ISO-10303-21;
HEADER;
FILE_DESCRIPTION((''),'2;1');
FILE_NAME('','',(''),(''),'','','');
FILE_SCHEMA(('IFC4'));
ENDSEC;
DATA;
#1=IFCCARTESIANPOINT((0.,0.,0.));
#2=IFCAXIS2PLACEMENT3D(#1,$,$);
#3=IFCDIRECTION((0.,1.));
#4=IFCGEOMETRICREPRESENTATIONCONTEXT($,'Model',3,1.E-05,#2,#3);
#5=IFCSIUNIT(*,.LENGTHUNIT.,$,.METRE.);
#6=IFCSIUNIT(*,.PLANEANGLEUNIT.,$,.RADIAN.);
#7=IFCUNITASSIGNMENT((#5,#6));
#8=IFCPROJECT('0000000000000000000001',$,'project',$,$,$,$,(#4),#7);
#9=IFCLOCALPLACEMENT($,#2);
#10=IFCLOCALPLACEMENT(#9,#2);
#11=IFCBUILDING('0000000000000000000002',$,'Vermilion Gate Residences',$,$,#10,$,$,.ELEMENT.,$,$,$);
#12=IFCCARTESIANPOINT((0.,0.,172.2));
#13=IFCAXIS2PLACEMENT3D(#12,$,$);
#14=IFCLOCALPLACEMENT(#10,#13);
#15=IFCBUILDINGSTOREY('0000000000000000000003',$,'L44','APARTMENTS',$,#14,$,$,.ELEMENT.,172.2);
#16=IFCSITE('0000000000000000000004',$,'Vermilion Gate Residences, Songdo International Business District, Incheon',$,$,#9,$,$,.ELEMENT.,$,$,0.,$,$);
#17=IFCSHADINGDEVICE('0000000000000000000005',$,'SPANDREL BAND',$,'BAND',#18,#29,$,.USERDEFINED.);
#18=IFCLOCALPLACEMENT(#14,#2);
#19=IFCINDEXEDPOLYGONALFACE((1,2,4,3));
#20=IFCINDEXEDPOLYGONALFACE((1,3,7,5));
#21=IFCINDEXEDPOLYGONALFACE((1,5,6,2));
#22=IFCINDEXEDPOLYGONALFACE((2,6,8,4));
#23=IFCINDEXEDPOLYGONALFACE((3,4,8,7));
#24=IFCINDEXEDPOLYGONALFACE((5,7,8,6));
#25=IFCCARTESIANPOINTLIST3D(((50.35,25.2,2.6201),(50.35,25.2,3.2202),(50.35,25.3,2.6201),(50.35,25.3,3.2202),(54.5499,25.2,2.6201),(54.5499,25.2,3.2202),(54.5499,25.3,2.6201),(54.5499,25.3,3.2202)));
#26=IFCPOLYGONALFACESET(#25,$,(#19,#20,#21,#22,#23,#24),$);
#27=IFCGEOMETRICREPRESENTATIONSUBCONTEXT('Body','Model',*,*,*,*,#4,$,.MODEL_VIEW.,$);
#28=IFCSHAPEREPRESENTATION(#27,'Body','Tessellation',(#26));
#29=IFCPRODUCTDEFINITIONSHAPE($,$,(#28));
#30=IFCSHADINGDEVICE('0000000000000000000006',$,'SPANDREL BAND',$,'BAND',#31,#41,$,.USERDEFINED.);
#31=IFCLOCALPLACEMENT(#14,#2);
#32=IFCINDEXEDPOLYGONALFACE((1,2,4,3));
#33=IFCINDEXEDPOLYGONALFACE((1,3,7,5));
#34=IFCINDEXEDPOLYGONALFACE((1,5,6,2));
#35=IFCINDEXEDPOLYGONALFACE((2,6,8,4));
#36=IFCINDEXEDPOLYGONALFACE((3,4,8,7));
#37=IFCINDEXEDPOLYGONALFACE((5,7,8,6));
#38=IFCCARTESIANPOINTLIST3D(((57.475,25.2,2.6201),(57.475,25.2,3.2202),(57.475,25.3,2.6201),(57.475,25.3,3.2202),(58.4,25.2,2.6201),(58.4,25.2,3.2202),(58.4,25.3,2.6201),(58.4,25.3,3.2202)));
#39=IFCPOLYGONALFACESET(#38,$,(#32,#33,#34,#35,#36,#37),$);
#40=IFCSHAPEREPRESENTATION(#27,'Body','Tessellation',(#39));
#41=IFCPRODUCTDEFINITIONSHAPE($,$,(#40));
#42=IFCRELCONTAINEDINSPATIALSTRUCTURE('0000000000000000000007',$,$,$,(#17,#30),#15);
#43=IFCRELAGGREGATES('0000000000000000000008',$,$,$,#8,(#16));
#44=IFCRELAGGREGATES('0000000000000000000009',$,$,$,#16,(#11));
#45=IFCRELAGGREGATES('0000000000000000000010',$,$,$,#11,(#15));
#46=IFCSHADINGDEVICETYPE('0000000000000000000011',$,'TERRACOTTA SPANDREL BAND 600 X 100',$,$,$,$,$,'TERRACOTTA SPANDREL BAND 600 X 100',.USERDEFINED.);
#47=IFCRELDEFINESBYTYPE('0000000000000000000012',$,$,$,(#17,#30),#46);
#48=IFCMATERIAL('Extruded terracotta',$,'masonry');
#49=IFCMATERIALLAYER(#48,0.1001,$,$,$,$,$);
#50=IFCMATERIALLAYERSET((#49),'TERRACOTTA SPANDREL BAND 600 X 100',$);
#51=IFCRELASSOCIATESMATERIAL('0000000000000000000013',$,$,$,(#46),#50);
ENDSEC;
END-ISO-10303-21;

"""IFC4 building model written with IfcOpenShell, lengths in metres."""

from ifc_helpers import new_model, si_unit, direction, frame, origin, origin_2d, place, context, subcontext, project, spatial, rectangle, extrude, material, layer, layer_set, type_object, element, save


model = new_model("IFC4")

# Units and contexts
model_context = context("Model", 3, precision=1e-05, world=origin(), true_north=direction((0.0, 1.0)))
body_context = subcontext(model_context, "Body", "Model", "MODEL_VIEW")
ifc_project = project(units=[si_unit("LENGTHUNIT", "METRE"), si_unit("PLANEANGLEUNIT", "RADIAN")], contexts=[model_context])

# Site, building, storey
site_placement = place(None, origin())
site = spatial("IfcSite", under=ifc_project, at=site_placement, Name="Vermilion Gate Residences, Songdo International Business District, Incheon", CompositionType="ELEMENT", RefElevation=0.0)
building_placement = place(site_placement, origin())
building = spatial("IfcBuilding", under=site, at=building_placement, Name="Vermilion Gate Residences", CompositionType="ELEMENT")
storey_placement = place(building_placement, frame((0.0, 0.0, 172.2)))
storey = spatial("IfcBuildingStorey", under=building, at=storey_placement, Name="L44", Description="APARTMENTS", CompositionType="ELEMENT", Elevation=172.2)

# Shading devices
ifc_material_1 = material(Name="Extruded terracotta", Category="masonry")
ifc_layer_1 = layer(ifc_material_1, 0.1001)
ifc_layer_set_1 = layer_set([ifc_layer_1], Name="TERRACOTTA SPANDREL BAND 600 X 100")
shading_device_type_1 = type_object("IfcShadingDeviceType", Name="TERRACOTTA SPANDREL BAND 600 X 100", ElementType="TERRACOTTA SPANDREL BAND 600 X 100", PredefinedType="USERDEFINED", material=ifc_layer_set_1)
shading_device_1_placement = place(storey_placement, frame((52.45, 25.25, 2.6201), z_axis=(0.0, 0.0, 1.0), x_axis=(1.0, 0.0, 0.0)))
element("IfcShadingDevice", 1, at=shading_device_1_placement, inside=storey, type_object=shading_device_type_1, Name="SPANDREL BAND", ObjectType="BAND", PredefinedType="USERDEFINED", context=body_context, shape_type="SweptSolid", body=[
    extrude(rectangle(XDim=4.2, YDim=0.1001, at=origin_2d()), origin(), (0.0, 0.0, 1.0), 0.6001),
])
shading_device_2_placement = place(storey_placement, frame((57.9375, 25.25, 2.6201), z_axis=(0.0, 0.0, 1.0), x_axis=(1.0, 0.0, 0.0)))
element("IfcShadingDevice", 2, at=shading_device_2_placement, inside=storey, type_object=shading_device_type_1, Name="SPANDREL BAND", ObjectType="BAND", PredefinedType="USERDEFINED", context=body_context, shape_type="SweptSolid", body=[
    extrude(rectangle(XDim=0.925, YDim=0.1001, at=origin_2d()), origin(), (0.0, 0.0, 1.0), 0.6001),
])

save(model, "model.ifc")
